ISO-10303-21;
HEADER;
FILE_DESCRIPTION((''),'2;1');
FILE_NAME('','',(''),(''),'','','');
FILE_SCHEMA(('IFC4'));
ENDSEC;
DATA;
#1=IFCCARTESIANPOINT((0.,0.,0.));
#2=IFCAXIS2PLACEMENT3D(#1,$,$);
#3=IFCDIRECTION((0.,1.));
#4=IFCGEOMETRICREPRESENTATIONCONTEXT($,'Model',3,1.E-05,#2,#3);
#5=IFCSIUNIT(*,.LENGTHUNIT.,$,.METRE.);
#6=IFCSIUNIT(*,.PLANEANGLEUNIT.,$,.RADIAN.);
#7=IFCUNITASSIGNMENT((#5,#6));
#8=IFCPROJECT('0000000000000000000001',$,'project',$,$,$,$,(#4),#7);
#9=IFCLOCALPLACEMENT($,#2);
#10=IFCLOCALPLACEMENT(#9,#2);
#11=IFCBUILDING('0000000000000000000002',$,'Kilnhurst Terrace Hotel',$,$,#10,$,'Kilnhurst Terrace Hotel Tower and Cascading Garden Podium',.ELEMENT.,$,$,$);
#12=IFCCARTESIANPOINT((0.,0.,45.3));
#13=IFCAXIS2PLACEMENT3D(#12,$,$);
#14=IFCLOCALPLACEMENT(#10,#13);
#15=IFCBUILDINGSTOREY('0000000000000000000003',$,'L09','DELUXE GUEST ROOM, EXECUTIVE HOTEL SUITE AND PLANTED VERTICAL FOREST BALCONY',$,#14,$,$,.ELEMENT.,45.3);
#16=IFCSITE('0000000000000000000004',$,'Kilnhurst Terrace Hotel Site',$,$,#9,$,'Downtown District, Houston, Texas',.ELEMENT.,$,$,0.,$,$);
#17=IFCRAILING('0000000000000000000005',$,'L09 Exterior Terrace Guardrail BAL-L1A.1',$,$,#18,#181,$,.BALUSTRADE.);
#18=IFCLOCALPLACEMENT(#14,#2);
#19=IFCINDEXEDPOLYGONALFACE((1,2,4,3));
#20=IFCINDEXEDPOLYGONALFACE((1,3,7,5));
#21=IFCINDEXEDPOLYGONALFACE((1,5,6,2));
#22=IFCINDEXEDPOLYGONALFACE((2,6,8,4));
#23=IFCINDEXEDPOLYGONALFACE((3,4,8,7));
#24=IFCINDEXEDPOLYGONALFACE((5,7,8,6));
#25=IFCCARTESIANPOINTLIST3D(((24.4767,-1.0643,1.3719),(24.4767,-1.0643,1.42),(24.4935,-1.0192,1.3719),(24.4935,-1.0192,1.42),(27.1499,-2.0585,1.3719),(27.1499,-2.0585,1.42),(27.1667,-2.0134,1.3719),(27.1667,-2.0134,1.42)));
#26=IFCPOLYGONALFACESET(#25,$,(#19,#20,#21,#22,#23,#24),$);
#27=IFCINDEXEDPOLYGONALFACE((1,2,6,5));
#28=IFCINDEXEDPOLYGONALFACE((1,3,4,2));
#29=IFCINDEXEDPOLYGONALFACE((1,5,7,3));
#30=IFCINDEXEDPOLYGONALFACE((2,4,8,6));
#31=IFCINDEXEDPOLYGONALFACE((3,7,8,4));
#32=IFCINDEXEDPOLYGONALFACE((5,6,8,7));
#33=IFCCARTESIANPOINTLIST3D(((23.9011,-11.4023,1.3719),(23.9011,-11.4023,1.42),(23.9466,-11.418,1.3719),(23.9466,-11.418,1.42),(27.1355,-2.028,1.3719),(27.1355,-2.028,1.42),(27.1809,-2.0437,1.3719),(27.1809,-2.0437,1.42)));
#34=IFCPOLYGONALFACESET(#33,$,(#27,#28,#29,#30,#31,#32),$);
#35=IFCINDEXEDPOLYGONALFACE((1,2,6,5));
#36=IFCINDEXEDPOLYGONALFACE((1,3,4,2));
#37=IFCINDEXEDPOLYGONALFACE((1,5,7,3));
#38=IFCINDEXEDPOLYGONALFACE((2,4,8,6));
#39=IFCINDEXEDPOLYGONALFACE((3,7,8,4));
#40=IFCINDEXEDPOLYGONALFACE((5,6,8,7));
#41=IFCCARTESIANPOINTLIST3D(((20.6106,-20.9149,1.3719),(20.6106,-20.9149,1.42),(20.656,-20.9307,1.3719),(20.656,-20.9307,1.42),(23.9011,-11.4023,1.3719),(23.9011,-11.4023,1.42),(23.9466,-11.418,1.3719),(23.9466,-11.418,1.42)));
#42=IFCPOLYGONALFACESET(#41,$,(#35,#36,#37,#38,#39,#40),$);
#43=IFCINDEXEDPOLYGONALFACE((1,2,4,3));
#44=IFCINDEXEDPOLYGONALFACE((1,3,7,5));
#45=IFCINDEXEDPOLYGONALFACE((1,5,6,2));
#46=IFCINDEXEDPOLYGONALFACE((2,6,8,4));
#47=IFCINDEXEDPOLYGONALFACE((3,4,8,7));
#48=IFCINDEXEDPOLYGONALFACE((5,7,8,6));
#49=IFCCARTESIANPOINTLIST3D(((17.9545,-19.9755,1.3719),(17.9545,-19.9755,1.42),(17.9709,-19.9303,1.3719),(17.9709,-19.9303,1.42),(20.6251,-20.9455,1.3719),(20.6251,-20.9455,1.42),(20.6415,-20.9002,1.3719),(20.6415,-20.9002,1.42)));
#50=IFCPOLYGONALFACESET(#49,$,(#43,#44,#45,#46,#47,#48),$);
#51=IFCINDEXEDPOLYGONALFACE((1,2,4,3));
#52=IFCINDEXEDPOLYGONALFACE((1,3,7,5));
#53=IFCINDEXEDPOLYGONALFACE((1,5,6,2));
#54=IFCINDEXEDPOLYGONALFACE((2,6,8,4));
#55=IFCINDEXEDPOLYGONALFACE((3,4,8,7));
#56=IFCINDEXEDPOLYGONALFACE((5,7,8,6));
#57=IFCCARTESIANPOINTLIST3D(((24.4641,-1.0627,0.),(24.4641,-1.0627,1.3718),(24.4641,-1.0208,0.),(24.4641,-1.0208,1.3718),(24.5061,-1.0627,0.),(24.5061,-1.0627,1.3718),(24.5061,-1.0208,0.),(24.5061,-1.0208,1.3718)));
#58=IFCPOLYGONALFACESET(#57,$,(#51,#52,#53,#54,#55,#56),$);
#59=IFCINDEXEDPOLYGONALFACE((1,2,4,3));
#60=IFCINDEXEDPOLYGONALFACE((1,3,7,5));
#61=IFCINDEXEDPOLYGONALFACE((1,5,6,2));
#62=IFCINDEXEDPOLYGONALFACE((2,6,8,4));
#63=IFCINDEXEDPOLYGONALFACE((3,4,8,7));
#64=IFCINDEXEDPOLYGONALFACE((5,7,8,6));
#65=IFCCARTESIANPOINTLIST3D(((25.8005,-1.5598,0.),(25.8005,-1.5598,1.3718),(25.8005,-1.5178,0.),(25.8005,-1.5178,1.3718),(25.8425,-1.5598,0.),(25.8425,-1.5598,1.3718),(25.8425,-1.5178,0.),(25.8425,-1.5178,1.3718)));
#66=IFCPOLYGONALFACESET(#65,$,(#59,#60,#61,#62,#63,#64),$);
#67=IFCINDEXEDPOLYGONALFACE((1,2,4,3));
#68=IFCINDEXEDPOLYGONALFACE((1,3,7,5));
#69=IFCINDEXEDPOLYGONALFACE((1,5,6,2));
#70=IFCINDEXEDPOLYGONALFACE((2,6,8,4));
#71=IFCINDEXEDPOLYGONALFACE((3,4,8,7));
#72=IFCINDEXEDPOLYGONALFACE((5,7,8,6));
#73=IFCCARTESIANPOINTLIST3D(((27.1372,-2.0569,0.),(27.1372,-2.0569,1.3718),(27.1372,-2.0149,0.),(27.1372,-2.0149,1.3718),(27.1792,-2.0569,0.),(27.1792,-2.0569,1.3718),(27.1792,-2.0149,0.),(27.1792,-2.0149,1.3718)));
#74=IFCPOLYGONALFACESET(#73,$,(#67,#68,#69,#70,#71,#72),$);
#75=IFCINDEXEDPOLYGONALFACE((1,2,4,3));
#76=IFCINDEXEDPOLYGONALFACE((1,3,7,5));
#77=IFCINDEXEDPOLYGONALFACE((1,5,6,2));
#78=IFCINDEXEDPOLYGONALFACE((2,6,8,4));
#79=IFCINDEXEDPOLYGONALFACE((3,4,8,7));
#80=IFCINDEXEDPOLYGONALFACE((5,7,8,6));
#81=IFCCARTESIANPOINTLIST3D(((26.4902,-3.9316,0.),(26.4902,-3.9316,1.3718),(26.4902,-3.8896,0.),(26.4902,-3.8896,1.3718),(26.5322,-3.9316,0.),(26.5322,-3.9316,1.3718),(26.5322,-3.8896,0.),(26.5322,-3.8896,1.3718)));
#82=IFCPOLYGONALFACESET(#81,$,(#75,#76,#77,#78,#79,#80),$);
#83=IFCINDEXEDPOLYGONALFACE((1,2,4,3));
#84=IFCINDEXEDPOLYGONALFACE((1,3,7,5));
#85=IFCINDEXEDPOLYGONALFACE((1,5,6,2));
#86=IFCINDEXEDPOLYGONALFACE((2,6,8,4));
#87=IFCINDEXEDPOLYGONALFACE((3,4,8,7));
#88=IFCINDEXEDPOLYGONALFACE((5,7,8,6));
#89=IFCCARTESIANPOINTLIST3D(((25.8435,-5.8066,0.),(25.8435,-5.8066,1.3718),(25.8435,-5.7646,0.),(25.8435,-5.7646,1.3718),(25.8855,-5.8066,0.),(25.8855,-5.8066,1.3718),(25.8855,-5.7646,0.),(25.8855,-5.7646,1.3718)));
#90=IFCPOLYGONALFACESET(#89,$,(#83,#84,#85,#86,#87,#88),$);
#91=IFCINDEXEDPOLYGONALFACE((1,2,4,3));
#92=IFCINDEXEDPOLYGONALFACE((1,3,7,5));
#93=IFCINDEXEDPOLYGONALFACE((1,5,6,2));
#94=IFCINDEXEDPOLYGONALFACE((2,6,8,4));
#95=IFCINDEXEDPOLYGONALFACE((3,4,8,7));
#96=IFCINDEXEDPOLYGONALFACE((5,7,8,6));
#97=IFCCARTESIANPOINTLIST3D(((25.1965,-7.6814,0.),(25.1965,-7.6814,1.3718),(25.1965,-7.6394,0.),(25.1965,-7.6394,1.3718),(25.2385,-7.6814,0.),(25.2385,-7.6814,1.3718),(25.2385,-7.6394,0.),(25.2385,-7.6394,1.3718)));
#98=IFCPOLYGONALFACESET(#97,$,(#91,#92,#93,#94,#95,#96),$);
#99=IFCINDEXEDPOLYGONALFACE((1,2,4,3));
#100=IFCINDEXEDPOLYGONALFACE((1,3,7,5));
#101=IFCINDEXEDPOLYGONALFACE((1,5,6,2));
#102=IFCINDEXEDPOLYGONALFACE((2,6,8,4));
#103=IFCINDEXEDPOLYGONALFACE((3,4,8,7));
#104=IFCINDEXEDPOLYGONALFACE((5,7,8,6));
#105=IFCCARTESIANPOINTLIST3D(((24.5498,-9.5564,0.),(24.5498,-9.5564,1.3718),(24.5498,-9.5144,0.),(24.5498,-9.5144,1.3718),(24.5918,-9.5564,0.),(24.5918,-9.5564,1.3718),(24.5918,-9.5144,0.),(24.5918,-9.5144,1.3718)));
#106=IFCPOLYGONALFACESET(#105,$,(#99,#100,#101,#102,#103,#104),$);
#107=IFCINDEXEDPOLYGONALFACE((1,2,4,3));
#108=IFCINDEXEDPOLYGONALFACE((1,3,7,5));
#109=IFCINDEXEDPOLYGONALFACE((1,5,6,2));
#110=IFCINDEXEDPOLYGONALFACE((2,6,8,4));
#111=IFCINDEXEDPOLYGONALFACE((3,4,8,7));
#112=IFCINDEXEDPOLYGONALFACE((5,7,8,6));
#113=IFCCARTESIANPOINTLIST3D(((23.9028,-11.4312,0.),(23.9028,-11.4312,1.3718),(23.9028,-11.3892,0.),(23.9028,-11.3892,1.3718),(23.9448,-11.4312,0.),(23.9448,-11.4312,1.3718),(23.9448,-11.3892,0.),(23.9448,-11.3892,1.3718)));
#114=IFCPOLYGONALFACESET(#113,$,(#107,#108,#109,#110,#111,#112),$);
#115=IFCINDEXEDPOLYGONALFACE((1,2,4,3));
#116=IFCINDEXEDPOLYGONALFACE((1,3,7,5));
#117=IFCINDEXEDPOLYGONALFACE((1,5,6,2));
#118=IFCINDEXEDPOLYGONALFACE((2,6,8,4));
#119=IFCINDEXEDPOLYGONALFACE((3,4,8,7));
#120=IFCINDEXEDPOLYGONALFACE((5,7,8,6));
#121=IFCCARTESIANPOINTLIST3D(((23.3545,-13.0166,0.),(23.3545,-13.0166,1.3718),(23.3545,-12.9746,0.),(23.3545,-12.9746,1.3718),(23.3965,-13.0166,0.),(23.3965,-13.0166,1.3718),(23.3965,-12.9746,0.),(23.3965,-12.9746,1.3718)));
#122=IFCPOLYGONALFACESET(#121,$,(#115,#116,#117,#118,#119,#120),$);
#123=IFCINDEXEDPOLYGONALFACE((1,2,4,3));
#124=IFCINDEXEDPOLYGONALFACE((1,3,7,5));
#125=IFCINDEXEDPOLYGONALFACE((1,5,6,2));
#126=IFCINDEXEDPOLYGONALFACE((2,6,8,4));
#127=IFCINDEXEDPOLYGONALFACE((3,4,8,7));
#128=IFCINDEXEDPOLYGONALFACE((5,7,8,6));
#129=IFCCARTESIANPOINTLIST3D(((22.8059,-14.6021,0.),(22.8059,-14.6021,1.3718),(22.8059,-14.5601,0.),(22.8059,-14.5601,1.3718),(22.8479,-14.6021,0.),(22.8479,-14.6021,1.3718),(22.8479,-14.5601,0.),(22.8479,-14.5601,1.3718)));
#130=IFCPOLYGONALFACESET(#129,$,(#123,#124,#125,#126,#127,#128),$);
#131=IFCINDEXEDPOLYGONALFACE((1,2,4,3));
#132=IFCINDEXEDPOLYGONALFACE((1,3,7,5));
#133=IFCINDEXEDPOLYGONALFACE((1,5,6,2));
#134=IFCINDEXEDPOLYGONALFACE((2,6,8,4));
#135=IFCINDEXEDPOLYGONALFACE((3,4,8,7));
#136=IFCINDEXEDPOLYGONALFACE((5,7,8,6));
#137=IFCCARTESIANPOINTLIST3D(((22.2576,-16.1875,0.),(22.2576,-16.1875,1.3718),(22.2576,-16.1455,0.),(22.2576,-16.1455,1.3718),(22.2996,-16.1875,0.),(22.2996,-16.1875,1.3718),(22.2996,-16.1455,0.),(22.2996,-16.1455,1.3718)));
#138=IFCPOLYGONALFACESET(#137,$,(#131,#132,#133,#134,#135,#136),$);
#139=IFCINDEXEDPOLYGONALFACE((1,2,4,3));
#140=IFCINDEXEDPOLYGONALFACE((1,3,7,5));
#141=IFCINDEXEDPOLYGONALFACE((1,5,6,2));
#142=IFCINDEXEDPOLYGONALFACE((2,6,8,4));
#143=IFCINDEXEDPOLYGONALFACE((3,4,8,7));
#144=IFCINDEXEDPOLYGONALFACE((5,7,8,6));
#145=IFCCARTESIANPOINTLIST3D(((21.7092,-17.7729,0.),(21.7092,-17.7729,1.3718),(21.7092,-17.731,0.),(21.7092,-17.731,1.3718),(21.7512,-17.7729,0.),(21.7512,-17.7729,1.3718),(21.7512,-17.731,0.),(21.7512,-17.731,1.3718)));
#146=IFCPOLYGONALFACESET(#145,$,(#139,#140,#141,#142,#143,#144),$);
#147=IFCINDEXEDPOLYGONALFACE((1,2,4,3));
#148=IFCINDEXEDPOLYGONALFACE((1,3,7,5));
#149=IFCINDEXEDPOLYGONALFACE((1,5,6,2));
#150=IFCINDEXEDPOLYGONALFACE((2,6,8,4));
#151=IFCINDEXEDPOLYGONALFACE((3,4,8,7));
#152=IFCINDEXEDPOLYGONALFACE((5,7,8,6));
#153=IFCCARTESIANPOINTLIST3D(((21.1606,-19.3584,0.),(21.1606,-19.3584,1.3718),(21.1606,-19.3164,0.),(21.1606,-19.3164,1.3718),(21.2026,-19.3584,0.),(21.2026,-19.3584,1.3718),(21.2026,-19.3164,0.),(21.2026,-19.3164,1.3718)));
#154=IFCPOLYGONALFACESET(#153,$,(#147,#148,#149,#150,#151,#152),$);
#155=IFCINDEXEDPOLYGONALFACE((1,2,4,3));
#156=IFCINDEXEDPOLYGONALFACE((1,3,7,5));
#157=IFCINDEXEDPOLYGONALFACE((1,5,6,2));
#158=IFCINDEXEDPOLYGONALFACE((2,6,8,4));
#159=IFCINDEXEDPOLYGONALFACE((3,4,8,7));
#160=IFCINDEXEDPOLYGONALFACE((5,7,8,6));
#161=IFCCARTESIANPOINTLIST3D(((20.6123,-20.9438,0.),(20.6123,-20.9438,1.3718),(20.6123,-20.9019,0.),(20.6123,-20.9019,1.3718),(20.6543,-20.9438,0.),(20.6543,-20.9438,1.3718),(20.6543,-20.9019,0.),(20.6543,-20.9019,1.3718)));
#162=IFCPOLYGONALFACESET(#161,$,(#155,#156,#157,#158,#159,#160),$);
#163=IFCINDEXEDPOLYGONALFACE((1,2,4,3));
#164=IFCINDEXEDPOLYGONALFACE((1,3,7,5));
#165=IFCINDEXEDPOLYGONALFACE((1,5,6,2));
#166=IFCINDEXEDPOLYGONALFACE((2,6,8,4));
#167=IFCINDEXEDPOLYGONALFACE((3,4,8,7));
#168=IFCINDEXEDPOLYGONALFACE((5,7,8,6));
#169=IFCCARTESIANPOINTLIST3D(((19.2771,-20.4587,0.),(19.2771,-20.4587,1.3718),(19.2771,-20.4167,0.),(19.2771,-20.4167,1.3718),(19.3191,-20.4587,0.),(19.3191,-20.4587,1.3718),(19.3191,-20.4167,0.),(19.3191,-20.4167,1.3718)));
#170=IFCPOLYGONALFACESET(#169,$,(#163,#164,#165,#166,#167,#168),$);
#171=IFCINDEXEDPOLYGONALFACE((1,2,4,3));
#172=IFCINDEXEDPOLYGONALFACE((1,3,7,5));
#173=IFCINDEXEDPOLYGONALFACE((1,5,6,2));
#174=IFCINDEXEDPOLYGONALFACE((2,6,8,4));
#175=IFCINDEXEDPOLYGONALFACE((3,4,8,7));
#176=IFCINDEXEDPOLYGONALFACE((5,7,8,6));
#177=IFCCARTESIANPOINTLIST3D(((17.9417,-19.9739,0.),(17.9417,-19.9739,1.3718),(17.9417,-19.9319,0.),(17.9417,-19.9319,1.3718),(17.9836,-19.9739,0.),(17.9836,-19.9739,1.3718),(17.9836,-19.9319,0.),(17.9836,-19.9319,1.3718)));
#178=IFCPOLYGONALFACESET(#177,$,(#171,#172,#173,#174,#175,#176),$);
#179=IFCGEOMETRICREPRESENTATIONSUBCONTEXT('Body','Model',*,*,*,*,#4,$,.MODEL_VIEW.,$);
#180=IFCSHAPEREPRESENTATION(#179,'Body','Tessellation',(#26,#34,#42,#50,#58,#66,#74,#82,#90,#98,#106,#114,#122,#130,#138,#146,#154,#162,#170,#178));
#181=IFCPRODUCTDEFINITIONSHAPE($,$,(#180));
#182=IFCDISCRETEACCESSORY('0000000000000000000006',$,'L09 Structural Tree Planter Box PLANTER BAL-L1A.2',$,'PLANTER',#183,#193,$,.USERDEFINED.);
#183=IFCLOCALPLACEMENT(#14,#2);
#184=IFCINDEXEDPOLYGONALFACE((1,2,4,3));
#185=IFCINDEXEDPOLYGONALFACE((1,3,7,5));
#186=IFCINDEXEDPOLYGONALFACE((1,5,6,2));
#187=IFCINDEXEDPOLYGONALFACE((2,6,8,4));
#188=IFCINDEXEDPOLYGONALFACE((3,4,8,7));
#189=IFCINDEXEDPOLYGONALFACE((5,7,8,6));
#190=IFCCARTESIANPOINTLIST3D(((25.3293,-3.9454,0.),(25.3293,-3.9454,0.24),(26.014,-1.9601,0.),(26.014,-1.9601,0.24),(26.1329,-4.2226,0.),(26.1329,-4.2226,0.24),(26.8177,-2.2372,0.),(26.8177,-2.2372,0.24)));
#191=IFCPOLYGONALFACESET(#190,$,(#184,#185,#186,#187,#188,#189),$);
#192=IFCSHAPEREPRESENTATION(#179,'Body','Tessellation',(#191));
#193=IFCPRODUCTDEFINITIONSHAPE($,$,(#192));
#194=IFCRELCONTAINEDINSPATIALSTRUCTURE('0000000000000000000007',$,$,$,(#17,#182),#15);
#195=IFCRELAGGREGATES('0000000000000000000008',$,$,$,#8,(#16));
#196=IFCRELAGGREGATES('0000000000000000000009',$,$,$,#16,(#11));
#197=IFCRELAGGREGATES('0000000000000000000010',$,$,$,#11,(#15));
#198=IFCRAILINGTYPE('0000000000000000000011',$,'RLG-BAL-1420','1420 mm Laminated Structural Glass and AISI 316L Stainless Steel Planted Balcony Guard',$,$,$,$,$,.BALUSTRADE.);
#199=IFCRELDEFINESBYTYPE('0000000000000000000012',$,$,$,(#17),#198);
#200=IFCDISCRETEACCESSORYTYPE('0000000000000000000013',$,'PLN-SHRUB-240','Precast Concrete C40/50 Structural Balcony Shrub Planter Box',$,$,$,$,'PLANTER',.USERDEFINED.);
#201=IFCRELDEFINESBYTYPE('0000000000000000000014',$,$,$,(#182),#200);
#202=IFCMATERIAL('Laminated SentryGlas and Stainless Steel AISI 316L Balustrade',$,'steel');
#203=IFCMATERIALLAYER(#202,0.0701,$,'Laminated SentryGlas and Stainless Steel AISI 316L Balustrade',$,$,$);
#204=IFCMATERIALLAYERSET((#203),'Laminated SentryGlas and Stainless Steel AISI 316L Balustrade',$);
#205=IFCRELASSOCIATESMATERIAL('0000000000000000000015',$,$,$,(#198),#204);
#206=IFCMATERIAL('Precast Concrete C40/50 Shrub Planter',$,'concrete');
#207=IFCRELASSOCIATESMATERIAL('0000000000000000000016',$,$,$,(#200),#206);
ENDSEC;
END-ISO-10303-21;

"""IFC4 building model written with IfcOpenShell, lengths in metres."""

from ifc_helpers import new_model, si_unit, direction, frame, origin, origin_2d, place, context, subcontext, project, spatial, rectangle, extrude, material, layer, layer_set, type_object, element, save


model = new_model("IFC4")

# Units and contexts
model_context = context("Model", 3, precision=1e-05, world=origin(), true_north=direction((0.0, 1.0)))
body_context = subcontext(model_context, "Body", "Model", "MODEL_VIEW")
ifc_project = project(units=[si_unit("LENGTHUNIT", "METRE"), si_unit("PLANEANGLEUNIT", "RADIAN")], contexts=[model_context])

# Site, building, storey
site_placement = place(None, origin())
site = spatial("IfcSite", under=ifc_project, at=site_placement, Name="Kilnhurst Terrace Hotel Site", LongName="Downtown District, Houston, Texas", CompositionType="ELEMENT", RefElevation=0.0)
building_placement = place(site_placement, origin())
building = spatial("IfcBuilding", under=site, at=building_placement, Name="Kilnhurst Terrace Hotel", LongName="Kilnhurst Terrace Hotel Tower and Cascading Garden Podium", CompositionType="ELEMENT")
storey_placement = place(building_placement, frame((0.0, 0.0, 45.3)))
storey = spatial("IfcBuildingStorey", under=building, at=storey_placement, Name="L09", Description="DELUXE GUEST ROOM, EXECUTIVE HOTEL SUITE AND PLANTED VERTICAL FOREST BALCONY", CompositionType="ELEMENT", Elevation=45.3)

# Railing
ifc_material_1 = material(Name="Laminated SentryGlas and Stainless Steel AISI 316L Balustrade", Category="steel")
ifc_layer_1 = layer(ifc_material_1, 0.0701, Name="Laminated SentryGlas and Stainless Steel AISI 316L Balustrade")
ifc_layer_set_1 = layer_set([ifc_layer_1], Name="Laminated SentryGlas and Stainless Steel AISI 316L Balustrade")
railing_type = type_object("IfcRailingType", Name="RLG-BAL-1420", Description="1420 mm Laminated Structural Glass and AISI 316L Stainless Steel Planted Balcony Guard", PredefinedType="BALUSTRADE", material=ifc_layer_set_1)
railing_placement = place(storey_placement, frame((24.4851, -1.0417, 0.0)))
element("IfcRailing", 1, at=railing_placement, inside=storey, type_object=railing_type, Name="L09 Exterior Terrace Guardrail BAL-L1A.1", PredefinedType="BALUSTRADE", context=body_context, shape_type="SweptSolid", body=[
    extrude(rectangle(XDim=0.0481, YDim=0.0481, at=origin_2d()), frame((0.0, 0.0, 1.396), z_axis=(0.937279, -0.34858, 0.0), x_axis=(0.34858, 0.937279, 0.0)), (0.0, 0.0, 1.0), 2.8521),
    extrude(rectangle(XDim=0.0481, YDim=0.0481, at=origin_2d()), frame((2.6731, -0.9941, 1.396), z_axis=(-0.326159, -0.945315, 0.0), x_axis=(0.945315, -0.326159, 0.0)), (0.0, 0.0, 1.0), 9.9165),
    extrude(rectangle(XDim=0.0481, YDim=0.0481, at=origin_2d()), frame((-0.5613, -10.3684, 1.396), z_axis=(-0.326904, -0.945058, 0.0), x_axis=(0.945058, -0.326904, 0.0)), (0.0, 0.0, 1.0), 10.0657),
    extrude(rectangle(XDim=0.0481, YDim=0.0481, at=origin_2d()), frame((-3.8518, -19.8811, 1.396), z_axis=(-0.939926, 0.341377, 0.0), x_axis=(-0.341377, -0.939926, 0.0)), (0.0, 0.0, 1.0), 2.8413),
    extrude(rectangle(XDim=0.042, YDim=0.042, at=origin_2d()), origin(), (0.0, 0.0, 1.0), 1.3718),
    extrude(rectangle(XDim=0.042, YDim=0.042, at=origin_2d()), frame((1.3364, -0.4971, 0.0)), (0.0, 0.0, 1.0), 1.3718),
    extrude(rectangle(XDim=0.042, YDim=0.042, at=origin_2d()), frame((2.6731, -0.9941, 0.0)), (0.0, 0.0, 1.0), 1.3718),
    extrude(rectangle(XDim=0.042, YDim=0.042, at=origin_2d()), frame((2.0261, -2.8689, 0.0)), (0.0, 0.0, 1.0), 1.3718),
    extrude(rectangle(XDim=0.042, YDim=0.042, at=origin_2d()), frame((1.3794, -4.7439, 0.0)), (0.0, 0.0, 1.0), 1.3718),
    extrude(rectangle(XDim=0.042, YDim=0.042, at=origin_2d()), frame((0.7324, -6.6187, 0.0)), (0.0, 0.0, 1.0), 1.3718),
    extrude(rectangle(XDim=0.042, YDim=0.042, at=origin_2d()), frame((0.0857, -8.4937, 0.0)), (0.0, 0.0, 1.0), 1.3718),
    extrude(rectangle(XDim=0.042, YDim=0.042, at=origin_2d()), frame((-0.5613, -10.3684, 0.0)), (0.0, 0.0, 1.0), 1.3718),
    extrude(rectangle(XDim=0.042, YDim=0.042, at=origin_2d()), frame((-1.1096, -11.9539, 0.0)), (0.0, 0.0, 1.0), 1.3718),
    extrude(rectangle(XDim=0.042, YDim=0.042, at=origin_2d()), frame((-1.6582, -13.5393, 0.0)), (0.0, 0.0, 1.0), 1.3718),
    extrude(rectangle(XDim=0.042, YDim=0.042, at=origin_2d()), frame((-2.2065, -15.1248, 0.0)), (0.0, 0.0, 1.0), 1.3718),
    extrude(rectangle(XDim=0.042, YDim=0.042, at=origin_2d()), frame((-2.7549, -16.7102, 0.0)), (0.0, 0.0, 1.0), 1.3718),
    extrude(rectangle(XDim=0.042, YDim=0.042, at=origin_2d()), frame((-3.3035, -18.2957, 0.0)), (0.0, 0.0, 1.0), 1.3718),
    extrude(rectangle(XDim=0.042, YDim=0.042, at=origin_2d()), frame((-3.8518, -19.8811, 0.0)), (0.0, 0.0, 1.0), 1.3718),
    extrude(rectangle(XDim=0.042, YDim=0.042, at=origin_2d()), frame((-5.187, -19.396, 0.0)), (0.0, 0.0, 1.0), 1.3718),
    extrude(rectangle(XDim=0.042, YDim=0.042, at=origin_2d()), frame((-6.5225, -18.9111, 0.0)), (0.0, 0.0, 1.0), 1.3718),
])

# Discrete accessory
ifc_material_2 = material(Name="Precast Concrete C40/50 Shrub Planter", Category="concrete")
discrete_accessory_type = type_object("IfcDiscreteAccessoryType", Name="PLN-SHRUB-240", Description="Precast Concrete C40/50 Structural Balcony Shrub Planter Box", ElementType="PLANTER", PredefinedType="USERDEFINED", material=ifc_material_2)
discrete_accessory_placement = place(storey_placement, frame((26.0735, -3.0913, 0.0), z_axis=(0.0, 0.0, 1.0), x_axis=(0.326063, 0.945348, 0.0)))
element("IfcDiscreteAccessory", 2, at=discrete_accessory_placement, inside=storey, type_object=discrete_accessory_type, Name="L09 Structural Tree Planter Box PLANTER BAL-L1A.2", ObjectType="PLANTER", PredefinedType="USERDEFINED", context=body_context, shape_type="SweptSolid", body=[
    extrude(rectangle(XDim=2.1001, YDim=0.8501, at=origin_2d()), origin(), (0.0, 0.0, 1.0), 0.24),
])

save(model, "model.ifc")
